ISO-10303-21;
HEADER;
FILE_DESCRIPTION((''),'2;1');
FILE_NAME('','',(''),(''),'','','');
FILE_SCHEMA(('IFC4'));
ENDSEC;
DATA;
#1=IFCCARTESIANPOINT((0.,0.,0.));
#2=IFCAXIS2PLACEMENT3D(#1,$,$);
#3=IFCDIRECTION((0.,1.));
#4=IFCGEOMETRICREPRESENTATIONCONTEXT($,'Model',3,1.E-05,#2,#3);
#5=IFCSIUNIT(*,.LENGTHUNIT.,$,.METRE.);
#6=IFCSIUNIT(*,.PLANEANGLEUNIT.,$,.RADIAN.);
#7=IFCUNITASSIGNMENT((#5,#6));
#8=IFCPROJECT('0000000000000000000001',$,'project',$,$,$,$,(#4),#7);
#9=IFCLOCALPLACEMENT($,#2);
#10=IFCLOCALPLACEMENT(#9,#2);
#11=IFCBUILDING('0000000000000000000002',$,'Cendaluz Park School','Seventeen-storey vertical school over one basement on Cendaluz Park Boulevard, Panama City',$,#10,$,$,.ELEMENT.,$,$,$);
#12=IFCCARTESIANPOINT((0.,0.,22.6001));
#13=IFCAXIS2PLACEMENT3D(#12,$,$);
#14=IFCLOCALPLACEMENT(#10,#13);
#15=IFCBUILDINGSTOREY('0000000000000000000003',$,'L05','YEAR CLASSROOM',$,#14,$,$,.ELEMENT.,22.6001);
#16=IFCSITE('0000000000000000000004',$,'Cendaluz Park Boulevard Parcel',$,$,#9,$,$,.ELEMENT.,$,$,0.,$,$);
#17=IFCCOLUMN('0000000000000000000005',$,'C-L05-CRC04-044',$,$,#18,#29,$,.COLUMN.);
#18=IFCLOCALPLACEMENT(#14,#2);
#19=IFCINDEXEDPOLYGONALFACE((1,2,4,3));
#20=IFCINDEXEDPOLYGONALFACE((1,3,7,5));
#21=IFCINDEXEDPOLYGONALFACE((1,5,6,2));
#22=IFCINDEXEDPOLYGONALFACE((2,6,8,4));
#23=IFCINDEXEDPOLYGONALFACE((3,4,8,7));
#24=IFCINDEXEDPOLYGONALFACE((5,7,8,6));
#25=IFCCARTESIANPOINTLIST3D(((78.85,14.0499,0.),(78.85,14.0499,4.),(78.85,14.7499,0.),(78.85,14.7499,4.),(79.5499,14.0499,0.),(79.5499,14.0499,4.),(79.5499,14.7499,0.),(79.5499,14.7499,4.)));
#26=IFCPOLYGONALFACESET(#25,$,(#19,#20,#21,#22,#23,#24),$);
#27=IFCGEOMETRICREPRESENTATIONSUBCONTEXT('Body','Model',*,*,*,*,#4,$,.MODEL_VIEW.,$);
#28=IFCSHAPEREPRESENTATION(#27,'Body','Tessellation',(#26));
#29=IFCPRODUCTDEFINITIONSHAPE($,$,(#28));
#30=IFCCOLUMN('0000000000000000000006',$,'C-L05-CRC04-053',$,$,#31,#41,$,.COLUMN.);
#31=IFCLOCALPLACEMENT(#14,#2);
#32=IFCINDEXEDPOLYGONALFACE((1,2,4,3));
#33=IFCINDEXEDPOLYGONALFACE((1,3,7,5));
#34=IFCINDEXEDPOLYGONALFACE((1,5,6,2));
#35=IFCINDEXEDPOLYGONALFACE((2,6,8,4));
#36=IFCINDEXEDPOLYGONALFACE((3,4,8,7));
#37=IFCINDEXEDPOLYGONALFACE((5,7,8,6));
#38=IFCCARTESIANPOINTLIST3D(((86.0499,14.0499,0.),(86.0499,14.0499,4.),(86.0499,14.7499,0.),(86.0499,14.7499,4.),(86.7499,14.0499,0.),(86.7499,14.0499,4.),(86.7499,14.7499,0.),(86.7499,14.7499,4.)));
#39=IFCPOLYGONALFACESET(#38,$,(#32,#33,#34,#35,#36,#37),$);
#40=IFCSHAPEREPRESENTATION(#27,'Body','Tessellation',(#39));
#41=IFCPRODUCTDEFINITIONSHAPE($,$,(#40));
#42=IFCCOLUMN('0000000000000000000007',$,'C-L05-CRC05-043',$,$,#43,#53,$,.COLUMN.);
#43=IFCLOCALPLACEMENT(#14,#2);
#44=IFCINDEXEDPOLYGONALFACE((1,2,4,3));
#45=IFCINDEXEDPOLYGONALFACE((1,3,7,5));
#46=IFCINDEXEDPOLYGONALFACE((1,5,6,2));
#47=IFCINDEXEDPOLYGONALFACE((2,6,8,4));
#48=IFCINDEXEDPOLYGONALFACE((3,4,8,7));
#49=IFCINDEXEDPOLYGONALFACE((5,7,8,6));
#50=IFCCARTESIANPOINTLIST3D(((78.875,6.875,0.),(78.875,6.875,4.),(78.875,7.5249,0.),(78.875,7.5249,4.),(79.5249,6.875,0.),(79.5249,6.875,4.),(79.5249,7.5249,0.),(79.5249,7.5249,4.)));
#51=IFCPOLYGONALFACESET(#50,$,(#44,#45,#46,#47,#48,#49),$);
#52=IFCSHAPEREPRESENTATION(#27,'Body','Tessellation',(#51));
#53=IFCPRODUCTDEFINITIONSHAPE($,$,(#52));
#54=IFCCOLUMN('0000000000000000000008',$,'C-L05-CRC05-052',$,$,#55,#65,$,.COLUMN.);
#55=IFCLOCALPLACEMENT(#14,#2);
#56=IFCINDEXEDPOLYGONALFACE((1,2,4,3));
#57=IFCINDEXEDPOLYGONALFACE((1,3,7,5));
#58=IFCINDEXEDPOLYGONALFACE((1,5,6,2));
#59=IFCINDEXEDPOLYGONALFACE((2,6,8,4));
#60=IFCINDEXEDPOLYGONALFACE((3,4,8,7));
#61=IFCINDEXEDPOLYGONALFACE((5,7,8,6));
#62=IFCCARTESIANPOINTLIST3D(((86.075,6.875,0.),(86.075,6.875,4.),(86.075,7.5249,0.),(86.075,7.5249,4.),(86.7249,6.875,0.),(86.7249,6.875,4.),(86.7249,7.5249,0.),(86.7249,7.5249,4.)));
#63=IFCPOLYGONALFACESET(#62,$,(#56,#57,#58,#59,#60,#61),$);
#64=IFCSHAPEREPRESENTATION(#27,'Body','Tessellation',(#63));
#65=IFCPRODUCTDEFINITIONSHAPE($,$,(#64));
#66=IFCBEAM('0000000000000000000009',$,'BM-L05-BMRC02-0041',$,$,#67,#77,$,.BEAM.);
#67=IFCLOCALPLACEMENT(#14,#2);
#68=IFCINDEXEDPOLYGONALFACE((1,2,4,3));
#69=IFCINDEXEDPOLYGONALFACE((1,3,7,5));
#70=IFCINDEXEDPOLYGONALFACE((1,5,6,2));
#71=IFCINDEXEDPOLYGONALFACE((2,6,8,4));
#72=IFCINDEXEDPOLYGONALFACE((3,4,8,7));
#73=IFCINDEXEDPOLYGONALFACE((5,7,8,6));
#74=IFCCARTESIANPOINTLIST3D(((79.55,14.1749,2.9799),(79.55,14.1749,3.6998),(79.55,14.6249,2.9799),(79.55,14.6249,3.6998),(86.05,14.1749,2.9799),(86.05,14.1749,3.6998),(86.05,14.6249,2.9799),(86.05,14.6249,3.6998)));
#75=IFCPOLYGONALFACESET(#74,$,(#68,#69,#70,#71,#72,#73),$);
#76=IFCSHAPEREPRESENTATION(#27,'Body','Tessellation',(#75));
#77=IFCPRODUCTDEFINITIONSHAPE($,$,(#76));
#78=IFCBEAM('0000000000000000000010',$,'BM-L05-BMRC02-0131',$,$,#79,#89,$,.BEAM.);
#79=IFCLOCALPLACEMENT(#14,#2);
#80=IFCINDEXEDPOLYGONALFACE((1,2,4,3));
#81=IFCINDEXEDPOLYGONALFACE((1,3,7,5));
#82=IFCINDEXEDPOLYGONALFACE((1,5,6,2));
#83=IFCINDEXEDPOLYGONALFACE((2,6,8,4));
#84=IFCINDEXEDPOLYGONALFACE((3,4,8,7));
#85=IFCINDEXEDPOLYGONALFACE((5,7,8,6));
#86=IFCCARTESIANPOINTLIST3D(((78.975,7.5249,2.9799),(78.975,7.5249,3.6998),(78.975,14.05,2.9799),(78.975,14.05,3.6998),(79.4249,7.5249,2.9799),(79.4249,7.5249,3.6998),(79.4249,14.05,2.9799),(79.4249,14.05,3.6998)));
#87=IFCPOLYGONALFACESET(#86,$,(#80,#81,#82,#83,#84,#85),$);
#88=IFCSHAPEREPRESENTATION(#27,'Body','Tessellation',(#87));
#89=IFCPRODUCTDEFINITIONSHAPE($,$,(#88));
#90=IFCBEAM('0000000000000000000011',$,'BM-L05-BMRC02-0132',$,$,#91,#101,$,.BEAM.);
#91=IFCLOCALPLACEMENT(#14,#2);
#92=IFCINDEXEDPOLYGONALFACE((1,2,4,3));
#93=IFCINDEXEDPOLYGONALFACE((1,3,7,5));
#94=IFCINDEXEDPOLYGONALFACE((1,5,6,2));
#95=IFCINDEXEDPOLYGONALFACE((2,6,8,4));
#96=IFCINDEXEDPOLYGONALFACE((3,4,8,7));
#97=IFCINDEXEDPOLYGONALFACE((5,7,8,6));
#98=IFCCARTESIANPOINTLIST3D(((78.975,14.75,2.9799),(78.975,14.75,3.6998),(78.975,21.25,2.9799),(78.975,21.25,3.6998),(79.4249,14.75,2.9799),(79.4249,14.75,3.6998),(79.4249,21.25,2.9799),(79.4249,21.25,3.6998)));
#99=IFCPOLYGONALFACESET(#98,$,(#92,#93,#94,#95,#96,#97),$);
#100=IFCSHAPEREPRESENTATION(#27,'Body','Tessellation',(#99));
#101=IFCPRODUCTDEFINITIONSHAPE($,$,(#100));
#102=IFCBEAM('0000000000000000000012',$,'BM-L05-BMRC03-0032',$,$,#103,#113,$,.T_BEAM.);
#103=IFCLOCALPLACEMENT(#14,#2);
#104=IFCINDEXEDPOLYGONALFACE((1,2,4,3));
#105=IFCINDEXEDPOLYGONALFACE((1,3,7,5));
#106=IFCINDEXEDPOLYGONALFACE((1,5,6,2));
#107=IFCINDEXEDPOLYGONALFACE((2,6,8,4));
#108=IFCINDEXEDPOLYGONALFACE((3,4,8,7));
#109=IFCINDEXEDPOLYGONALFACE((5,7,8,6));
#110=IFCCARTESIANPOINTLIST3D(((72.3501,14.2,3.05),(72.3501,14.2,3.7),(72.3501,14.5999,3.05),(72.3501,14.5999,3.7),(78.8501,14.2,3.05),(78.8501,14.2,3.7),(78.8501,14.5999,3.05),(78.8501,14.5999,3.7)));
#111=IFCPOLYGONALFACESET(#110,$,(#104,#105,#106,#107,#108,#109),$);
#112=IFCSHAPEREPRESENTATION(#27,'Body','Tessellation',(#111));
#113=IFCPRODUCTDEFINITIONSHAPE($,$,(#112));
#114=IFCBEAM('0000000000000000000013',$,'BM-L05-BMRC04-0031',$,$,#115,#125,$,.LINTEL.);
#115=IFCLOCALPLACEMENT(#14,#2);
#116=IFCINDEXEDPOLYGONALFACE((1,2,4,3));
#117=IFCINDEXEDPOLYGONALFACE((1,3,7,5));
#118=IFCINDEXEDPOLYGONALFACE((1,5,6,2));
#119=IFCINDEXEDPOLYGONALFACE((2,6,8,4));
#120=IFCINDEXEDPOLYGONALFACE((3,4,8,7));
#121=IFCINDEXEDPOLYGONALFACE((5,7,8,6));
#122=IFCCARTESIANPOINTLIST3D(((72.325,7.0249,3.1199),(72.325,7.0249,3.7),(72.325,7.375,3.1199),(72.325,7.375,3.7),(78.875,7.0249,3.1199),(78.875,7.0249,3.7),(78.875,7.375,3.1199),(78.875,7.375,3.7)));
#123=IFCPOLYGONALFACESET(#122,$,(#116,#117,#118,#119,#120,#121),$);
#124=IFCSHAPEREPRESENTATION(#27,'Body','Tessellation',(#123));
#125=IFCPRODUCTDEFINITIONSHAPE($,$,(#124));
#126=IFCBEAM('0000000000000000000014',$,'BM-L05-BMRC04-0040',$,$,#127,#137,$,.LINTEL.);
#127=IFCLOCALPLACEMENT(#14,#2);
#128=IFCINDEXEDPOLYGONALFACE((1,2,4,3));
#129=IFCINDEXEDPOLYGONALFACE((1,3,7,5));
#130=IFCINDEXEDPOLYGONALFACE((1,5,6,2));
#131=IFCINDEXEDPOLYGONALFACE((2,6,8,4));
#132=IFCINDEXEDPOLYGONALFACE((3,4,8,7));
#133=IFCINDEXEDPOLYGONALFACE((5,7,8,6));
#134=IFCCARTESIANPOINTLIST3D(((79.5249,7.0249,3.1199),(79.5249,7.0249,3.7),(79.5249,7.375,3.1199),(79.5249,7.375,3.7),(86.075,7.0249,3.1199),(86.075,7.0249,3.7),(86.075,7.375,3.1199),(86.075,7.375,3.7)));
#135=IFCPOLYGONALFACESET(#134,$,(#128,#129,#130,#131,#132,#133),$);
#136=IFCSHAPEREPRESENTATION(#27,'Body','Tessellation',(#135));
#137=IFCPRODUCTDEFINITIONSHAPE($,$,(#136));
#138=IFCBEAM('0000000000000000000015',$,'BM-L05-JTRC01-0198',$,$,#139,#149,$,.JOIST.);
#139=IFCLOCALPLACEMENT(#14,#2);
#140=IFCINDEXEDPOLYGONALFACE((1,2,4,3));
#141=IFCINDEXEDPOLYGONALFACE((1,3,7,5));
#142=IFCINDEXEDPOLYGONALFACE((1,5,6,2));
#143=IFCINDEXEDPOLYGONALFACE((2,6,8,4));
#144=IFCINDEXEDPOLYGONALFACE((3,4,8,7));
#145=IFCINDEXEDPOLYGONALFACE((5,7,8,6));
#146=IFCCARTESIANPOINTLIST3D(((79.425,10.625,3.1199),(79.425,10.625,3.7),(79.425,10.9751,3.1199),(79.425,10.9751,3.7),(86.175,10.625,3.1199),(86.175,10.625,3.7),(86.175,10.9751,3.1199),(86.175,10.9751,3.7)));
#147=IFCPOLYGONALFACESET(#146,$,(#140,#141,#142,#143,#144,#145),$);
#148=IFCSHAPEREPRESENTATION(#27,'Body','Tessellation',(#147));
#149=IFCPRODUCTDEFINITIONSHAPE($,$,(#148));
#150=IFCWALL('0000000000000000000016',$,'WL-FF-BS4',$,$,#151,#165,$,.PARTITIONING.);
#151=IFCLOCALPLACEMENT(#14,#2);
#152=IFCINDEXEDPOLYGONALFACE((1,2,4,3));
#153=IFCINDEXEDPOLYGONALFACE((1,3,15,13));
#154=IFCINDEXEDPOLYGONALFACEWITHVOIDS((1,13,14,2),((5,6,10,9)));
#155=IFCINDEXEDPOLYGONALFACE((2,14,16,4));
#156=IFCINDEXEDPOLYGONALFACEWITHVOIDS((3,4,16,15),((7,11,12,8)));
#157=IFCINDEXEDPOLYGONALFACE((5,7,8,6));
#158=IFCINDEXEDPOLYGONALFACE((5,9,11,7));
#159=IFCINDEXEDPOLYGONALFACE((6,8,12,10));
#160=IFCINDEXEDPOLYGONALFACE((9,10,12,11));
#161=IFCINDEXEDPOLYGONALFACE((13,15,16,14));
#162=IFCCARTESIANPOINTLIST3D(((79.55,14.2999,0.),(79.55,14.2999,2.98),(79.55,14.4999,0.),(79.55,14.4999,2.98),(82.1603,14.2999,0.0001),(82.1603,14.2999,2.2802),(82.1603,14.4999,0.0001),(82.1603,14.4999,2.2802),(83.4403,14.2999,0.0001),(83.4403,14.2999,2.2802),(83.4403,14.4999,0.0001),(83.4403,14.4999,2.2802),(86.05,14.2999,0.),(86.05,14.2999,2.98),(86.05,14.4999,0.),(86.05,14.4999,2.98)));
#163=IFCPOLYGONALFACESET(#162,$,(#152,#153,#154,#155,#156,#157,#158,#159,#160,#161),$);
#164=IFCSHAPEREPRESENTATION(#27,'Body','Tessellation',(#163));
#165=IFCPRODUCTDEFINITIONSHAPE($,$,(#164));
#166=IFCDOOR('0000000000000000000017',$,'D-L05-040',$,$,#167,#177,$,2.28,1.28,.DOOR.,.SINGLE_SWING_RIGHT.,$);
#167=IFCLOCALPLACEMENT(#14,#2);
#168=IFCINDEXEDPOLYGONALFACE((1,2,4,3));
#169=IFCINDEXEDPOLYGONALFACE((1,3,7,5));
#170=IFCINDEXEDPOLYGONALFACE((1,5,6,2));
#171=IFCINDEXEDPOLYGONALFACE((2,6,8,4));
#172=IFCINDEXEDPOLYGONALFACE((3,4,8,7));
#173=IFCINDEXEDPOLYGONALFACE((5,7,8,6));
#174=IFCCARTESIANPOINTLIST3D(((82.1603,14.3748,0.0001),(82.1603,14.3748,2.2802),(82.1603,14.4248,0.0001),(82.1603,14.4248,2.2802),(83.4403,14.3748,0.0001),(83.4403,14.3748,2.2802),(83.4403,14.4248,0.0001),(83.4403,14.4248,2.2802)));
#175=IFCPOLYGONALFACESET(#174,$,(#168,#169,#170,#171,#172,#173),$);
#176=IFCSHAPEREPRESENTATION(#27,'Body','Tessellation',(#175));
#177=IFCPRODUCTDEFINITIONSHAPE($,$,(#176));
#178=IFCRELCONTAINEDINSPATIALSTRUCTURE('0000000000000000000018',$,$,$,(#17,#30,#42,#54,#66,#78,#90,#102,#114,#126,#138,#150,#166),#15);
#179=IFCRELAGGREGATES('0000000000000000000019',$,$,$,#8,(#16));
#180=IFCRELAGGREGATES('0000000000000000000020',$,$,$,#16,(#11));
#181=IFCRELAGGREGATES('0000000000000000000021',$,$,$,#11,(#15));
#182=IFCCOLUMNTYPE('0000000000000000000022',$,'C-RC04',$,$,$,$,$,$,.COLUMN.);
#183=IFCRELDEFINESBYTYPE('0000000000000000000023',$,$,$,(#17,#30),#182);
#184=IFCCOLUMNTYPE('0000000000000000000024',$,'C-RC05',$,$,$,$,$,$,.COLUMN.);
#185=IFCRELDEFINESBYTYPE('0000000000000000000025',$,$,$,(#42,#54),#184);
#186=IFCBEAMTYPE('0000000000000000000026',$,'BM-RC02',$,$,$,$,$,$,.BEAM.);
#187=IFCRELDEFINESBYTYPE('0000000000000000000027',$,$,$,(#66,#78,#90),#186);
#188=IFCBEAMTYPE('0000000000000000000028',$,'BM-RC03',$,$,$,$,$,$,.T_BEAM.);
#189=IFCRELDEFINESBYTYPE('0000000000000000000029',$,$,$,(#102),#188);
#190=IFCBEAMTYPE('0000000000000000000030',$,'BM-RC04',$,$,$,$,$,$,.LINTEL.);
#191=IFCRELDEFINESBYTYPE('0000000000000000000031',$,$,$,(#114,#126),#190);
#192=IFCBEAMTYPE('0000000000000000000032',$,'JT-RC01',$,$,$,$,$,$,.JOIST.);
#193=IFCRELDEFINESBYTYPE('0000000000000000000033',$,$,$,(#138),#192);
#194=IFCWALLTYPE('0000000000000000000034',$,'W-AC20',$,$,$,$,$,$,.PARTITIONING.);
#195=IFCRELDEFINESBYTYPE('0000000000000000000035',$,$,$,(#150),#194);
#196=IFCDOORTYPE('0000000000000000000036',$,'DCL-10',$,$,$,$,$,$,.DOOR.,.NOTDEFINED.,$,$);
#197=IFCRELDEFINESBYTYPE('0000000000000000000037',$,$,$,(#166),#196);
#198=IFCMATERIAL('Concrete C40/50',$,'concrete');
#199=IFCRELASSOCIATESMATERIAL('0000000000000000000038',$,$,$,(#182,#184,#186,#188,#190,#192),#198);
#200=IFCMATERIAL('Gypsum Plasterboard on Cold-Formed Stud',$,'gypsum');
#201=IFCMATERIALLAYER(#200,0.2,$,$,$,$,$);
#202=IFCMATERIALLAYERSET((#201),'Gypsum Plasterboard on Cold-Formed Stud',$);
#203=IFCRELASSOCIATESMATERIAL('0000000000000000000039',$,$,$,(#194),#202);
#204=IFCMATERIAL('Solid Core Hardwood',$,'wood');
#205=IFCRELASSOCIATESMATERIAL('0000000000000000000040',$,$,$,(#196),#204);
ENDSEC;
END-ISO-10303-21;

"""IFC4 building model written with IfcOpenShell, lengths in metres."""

from ifc_helpers import new_model, si_unit, direction, frame, frame_2d, origin, origin_2d, place, context, subcontext, project, spatial, rectangle, extrude, material, layer, layer_set, material_profile, profile_set, type_object, element, fill, save


model = new_model("IFC4")

# Units and contexts
model_context = context("Model", 3, precision=1e-05, world=origin(), true_north=direction((0.0, 1.0)))
body_context = subcontext(model_context, "Body", "Model", "MODEL_VIEW")
ifc_project = project(units=[si_unit("LENGTHUNIT", "METRE"), si_unit("PLANEANGLEUNIT", "RADIAN")], contexts=[model_context])

# Site, building, storey
site_placement = place(None, origin())
site = spatial("IfcSite", under=ifc_project, at=site_placement, Name="Cendaluz Park Boulevard Parcel", CompositionType="ELEMENT", RefElevation=0.0)
building_placement = place(site_placement, origin())
building = spatial("IfcBuilding", under=site, at=building_placement, Name="Cendaluz Park School", Description="Seventeen-storey vertical school over one basement on Cendaluz Park Boulevard, Panama City", CompositionType="ELEMENT")
storey_placement = place(building_placement, frame((0.0, 0.0, 22.6001)))
storey = spatial("IfcBuildingStorey", under=building, at=storey_placement, Name="L05", Description="YEAR CLASSROOM", CompositionType="ELEMENT", Elevation=22.6001)

# Columns
ifc_material_1 = material(Name="Concrete C40/50", Category="concrete")
ifc_material_profile_1 = material_profile(ifc_material_1, rectangle(XDim=0.7, YDim=0.7, at=origin_2d()), Name="RC 700x700", Category="concrete")
ifc_profile_set_1 = profile_set([ifc_material_profile_1], Name="Concrete C40/50")
column_type_1 = type_object("IfcColumnType", Name="C-RC04", PredefinedType="COLUMN", material=ifc_profile_set_1)
for number, where, z_axis, x_axis, name in (
    (1, (79.2, 14.3999, 0.0), (0.0, 0.0, 1.0), (1.0, 0.0, 0.0), "C-L05-CRC04-044"),
    (2, (86.3999, 14.3999, 0.0), (0.0, 0.0, 1.0), (1.0, 0.0, 0.0), "C-L05-CRC04-053"),
):
    element("IfcColumn", number, at=place(storey_placement, frame(where, z_axis=z_axis, x_axis=x_axis)), inside=storey, type_object=column_type_1, Name=name, PredefinedType="COLUMN", context=body_context, shape_type="SweptSolid", body=[
        extrude(rectangle(XDim=0.7, YDim=0.7, at=origin_2d()), origin(), (0.0, 0.0, 1.0), 4.0),
    ])
ifc_material_profile_2 = material_profile(ifc_material_1, rectangle(XDim=0.6499, YDim=0.6499, at=origin_2d()), Name="RC 650x650", Category="concrete")
ifc_profile_set_2 = profile_set([ifc_material_profile_2], Name="Concrete C40/50")
column_type_2 = type_object("IfcColumnType", Name="C-RC05", PredefinedType="COLUMN", material=ifc_profile_set_2)
for number, where, z_axis, x_axis, name in (
    (3, (79.2, 7.2, 0.0), (0.0, 0.0, 1.0), (1.0, 0.0, 0.0), "C-L05-CRC05-043"),
    (4, (86.3999, 7.2, 0.0), (0.0, 0.0, 1.0), (1.0, 0.0, 0.0), "C-L05-CRC05-052"),
):
    element("IfcColumn", number, at=place(storey_placement, frame(where, z_axis=z_axis, x_axis=x_axis)), inside=storey, type_object=column_type_2, Name=name, PredefinedType="COLUMN", context=body_context, shape_type="SweptSolid", body=[
        extrude(rectangle(XDim=0.6499, YDim=0.6499, at=origin_2d()), origin(), (0.0, 0.0, 1.0), 4.0),
    ])

# Beams
ifc_material_profile_3 = material_profile(ifc_material_1, rectangle(XDim=0.45, YDim=0.72, at=origin_2d()), Name="RC 450x720", Category="concrete")
ifc_profile_set_3 = profile_set([ifc_material_profile_3], Name="Concrete C40/50")
beam_type_1 = type_object("IfcBeamType", Name="BM-RC02", PredefinedType="BEAM", material=ifc_profile_set_3)
beam_1_placement = place(storey_placement, frame((79.55, 14.3999, 3.3398), z_axis=(1.0, 0.0, 0.0), x_axis=(0.0, 1.0, 0.0)))
element("IfcBeam", 5, at=beam_1_placement, inside=storey, type_object=beam_type_1, Name="BM-L05-BMRC02-0041", PredefinedType="BEAM", context=body_context, shape_type="SweptSolid", body=[
    extrude(rectangle(XDim=0.45, YDim=0.72, at=origin_2d()), origin(), (0.0, 0.0, 1.0), 6.5),
])
beam_2_placement = place(storey_placement, frame((79.2, 7.5249, 3.3398), z_axis=(0.0, 1.0, 0.0), x_axis=(-1.0, 0.0, 0.0)))
element("IfcBeam", 6, at=beam_2_placement, inside=storey, type_object=beam_type_1, Name="BM-L05-BMRC02-0131", PredefinedType="BEAM", context=body_context, shape_type="SweptSolid", body=[
    extrude(rectangle(XDim=0.45, YDim=0.72, at=origin_2d()), origin(), (0.0, 0.0, 1.0), 6.5251),
])
beam_3_placement = place(storey_placement, frame((79.2, 14.75, 3.3398), z_axis=(0.0, 1.0, 0.0), x_axis=(-1.0, 0.0, 0.0)))
element("IfcBeam", 7, at=beam_3_placement, inside=storey, type_object=beam_type_1, Name="BM-L05-BMRC02-0132", PredefinedType="BEAM", context=body_context, shape_type="SweptSolid", body=[
    extrude(rectangle(XDim=0.45, YDim=0.72, at=origin_2d()), origin(), (0.0, 0.0, 1.0), 6.5),
])
ifc_material_profile_4 = material_profile(ifc_material_1, rectangle(XDim=0.3999, YDim=0.6499, at=origin_2d()), Name="RC 400x650", Category="concrete")
ifc_profile_set_4 = profile_set([ifc_material_profile_4], Name="Concrete C40/50")
beam_type_2 = type_object("IfcBeamType", Name="BM-RC03", PredefinedType="T_BEAM", material=ifc_profile_set_4)
beam_4_placement = place(storey_placement, frame((72.3501, 14.3999, 3.375), z_axis=(1.0, 0.0, 0.0), x_axis=(0.0, 1.0, 0.0)))
element("IfcBeam", 8, at=beam_4_placement, inside=storey, type_object=beam_type_2, Name="BM-L05-BMRC03-0032", PredefinedType="T_BEAM", context=body_context, shape_type="SweptSolid", body=[
    extrude(rectangle(XDim=0.3999, YDim=0.6499, at=origin_2d()), origin(), (0.0, 0.0, 1.0), 6.5),
])
ifc_material_profile_5 = material_profile(ifc_material_1, rectangle(XDim=0.3501, YDim=0.5801, at=origin_2d()), Name="RC 350x580", Category="concrete")
ifc_profile_set_5 = profile_set([ifc_material_profile_5], Name="Concrete C40/50")
beam_type_3 = type_object("IfcBeamType", Name="BM-RC04", PredefinedType="LINTEL", material=ifc_profile_set_5)
for number, where, z_axis, x_axis, name in (
    (9, (72.325, 7.2, 3.4099), (1.0, 0.0, 0.0), (0.0, 1.0, 0.0), "BM-L05-BMRC04-0031"),
    (10, (79.5249, 7.2, 3.4099), (1.0, 0.0, 0.0), (0.0, 1.0, 0.0), "BM-L05-BMRC04-0040"),
):
    element("IfcBeam", number, at=place(storey_placement, frame(where, z_axis=z_axis, x_axis=x_axis)), inside=storey, type_object=beam_type_3, Name=name, PredefinedType="LINTEL", context=body_context, shape_type="SweptSolid", body=[
        extrude(rectangle(XDim=0.3501, YDim=0.5801, at=origin_2d()), origin(), (0.0, 0.0, 1.0), 6.55),
    ])
ifc_material_profile_6 = material_profile(ifc_material_1, rectangle(XDim=0.3501, YDim=0.5801, at=origin_2d()), Name="RC 350x580", Category="concrete")
ifc_profile_set_6 = profile_set([ifc_material_profile_6], Name="Concrete C40/50")
beam_type_4 = type_object("IfcBeamType", Name="JT-RC01", PredefinedType="JOIST", material=ifc_profile_set_6)
beam_5_placement = place(storey_placement, frame((79.425, 10.8, 3.4099), z_axis=(1.0, 0.0, 0.0), x_axis=(0.0, 1.0, 0.0)))
element("IfcBeam", 11, at=beam_5_placement, inside=storey, type_object=beam_type_4, Name="BM-L05-JTRC01-0198", PredefinedType="JOIST", context=body_context, shape_type="SweptSolid", body=[
    extrude(rectangle(XDim=0.3501, YDim=0.5801, at=origin_2d()), origin(), (0.0, 0.0, 1.0), 6.75),
])

# Wall, opening, door
ifc_material_2 = material(Name="Gypsum Plasterboard on Cold-Formed Stud", Category="gypsum")
ifc_layer_1 = layer(ifc_material_2, 0.2)
ifc_layer_set_1 = layer_set([ifc_layer_1], Name="Gypsum Plasterboard on Cold-Formed Stud")
wall_type_1 = type_object("IfcWallType", Name="W-AC20", PredefinedType="PARTITIONING", material=ifc_layer_set_1)
wall_1_placement = place(storey_placement, frame((79.55, 14.3999, 0.0), z_axis=(0.0, 0.0, 1.0), x_axis=(1.0, 0.0, 0.0)))
wall_1 = element("IfcWall", 12, at=wall_1_placement, inside=storey, type_object=wall_type_1, Name="WL-FF-BS4", PredefinedType="PARTITIONING", context=body_context, shape_type="SweptSolid", body=[
    extrude(rectangle(XDim=6.5, YDim=0.2, at=frame_2d((3.25, 0.0))), origin(), (0.0, 0.0, 1.0), 2.98),
])
opening_1_placement = place(wall_1_placement, frame((2.6101, 0.0, 0.0)))
opening_1 = element("IfcOpeningElement", 13, at=opening_1_placement, cuts=wall_1, PredefinedType="OPENING", context=body_context, shape_type="SweptSolid", body=[
    extrude(rectangle(XDim=1.28, YDim=2.28, at=frame_2d((0.6401, 1.1401))), frame((0.0, 0.1121, 0.0), z_axis=(0.0, -1.0, 0.0), x_axis=(1.0, 0.0, 0.0)), (0.0, 0.0, 1.0), 0.2239),
])
ifc_material_3 = material(Name="Solid Core Hardwood", Category="wood")
door_type = type_object("IfcDoorType", Name="DCL-10", OperationType="NOTDEFINED", PredefinedType="DOOR", material=ifc_material_3)
door_placement = place(opening_1_placement, origin())
door = element("IfcDoor", 14, at=door_placement, inside=storey, type_object=door_type, Name="D-L05-040", OperationType="SINGLE_SWING_RIGHT", OverallHeight=2.28, OverallWidth=1.28, PredefinedType="DOOR", context=body_context, shape_type="SweptSolid", body=[
    extrude(rectangle(XDim=1.28, YDim=2.28, at=frame_2d((0.6401, 1.1401))), frame((0.0, 0.0249, 0.0), z_axis=(0.0, -1.0, 0.0), x_axis=(1.0, 0.0, 0.0)), (0.0, 0.0, 1.0), 0.05),
])
fill(opening_1, door)

save(model, "model.ifc")
